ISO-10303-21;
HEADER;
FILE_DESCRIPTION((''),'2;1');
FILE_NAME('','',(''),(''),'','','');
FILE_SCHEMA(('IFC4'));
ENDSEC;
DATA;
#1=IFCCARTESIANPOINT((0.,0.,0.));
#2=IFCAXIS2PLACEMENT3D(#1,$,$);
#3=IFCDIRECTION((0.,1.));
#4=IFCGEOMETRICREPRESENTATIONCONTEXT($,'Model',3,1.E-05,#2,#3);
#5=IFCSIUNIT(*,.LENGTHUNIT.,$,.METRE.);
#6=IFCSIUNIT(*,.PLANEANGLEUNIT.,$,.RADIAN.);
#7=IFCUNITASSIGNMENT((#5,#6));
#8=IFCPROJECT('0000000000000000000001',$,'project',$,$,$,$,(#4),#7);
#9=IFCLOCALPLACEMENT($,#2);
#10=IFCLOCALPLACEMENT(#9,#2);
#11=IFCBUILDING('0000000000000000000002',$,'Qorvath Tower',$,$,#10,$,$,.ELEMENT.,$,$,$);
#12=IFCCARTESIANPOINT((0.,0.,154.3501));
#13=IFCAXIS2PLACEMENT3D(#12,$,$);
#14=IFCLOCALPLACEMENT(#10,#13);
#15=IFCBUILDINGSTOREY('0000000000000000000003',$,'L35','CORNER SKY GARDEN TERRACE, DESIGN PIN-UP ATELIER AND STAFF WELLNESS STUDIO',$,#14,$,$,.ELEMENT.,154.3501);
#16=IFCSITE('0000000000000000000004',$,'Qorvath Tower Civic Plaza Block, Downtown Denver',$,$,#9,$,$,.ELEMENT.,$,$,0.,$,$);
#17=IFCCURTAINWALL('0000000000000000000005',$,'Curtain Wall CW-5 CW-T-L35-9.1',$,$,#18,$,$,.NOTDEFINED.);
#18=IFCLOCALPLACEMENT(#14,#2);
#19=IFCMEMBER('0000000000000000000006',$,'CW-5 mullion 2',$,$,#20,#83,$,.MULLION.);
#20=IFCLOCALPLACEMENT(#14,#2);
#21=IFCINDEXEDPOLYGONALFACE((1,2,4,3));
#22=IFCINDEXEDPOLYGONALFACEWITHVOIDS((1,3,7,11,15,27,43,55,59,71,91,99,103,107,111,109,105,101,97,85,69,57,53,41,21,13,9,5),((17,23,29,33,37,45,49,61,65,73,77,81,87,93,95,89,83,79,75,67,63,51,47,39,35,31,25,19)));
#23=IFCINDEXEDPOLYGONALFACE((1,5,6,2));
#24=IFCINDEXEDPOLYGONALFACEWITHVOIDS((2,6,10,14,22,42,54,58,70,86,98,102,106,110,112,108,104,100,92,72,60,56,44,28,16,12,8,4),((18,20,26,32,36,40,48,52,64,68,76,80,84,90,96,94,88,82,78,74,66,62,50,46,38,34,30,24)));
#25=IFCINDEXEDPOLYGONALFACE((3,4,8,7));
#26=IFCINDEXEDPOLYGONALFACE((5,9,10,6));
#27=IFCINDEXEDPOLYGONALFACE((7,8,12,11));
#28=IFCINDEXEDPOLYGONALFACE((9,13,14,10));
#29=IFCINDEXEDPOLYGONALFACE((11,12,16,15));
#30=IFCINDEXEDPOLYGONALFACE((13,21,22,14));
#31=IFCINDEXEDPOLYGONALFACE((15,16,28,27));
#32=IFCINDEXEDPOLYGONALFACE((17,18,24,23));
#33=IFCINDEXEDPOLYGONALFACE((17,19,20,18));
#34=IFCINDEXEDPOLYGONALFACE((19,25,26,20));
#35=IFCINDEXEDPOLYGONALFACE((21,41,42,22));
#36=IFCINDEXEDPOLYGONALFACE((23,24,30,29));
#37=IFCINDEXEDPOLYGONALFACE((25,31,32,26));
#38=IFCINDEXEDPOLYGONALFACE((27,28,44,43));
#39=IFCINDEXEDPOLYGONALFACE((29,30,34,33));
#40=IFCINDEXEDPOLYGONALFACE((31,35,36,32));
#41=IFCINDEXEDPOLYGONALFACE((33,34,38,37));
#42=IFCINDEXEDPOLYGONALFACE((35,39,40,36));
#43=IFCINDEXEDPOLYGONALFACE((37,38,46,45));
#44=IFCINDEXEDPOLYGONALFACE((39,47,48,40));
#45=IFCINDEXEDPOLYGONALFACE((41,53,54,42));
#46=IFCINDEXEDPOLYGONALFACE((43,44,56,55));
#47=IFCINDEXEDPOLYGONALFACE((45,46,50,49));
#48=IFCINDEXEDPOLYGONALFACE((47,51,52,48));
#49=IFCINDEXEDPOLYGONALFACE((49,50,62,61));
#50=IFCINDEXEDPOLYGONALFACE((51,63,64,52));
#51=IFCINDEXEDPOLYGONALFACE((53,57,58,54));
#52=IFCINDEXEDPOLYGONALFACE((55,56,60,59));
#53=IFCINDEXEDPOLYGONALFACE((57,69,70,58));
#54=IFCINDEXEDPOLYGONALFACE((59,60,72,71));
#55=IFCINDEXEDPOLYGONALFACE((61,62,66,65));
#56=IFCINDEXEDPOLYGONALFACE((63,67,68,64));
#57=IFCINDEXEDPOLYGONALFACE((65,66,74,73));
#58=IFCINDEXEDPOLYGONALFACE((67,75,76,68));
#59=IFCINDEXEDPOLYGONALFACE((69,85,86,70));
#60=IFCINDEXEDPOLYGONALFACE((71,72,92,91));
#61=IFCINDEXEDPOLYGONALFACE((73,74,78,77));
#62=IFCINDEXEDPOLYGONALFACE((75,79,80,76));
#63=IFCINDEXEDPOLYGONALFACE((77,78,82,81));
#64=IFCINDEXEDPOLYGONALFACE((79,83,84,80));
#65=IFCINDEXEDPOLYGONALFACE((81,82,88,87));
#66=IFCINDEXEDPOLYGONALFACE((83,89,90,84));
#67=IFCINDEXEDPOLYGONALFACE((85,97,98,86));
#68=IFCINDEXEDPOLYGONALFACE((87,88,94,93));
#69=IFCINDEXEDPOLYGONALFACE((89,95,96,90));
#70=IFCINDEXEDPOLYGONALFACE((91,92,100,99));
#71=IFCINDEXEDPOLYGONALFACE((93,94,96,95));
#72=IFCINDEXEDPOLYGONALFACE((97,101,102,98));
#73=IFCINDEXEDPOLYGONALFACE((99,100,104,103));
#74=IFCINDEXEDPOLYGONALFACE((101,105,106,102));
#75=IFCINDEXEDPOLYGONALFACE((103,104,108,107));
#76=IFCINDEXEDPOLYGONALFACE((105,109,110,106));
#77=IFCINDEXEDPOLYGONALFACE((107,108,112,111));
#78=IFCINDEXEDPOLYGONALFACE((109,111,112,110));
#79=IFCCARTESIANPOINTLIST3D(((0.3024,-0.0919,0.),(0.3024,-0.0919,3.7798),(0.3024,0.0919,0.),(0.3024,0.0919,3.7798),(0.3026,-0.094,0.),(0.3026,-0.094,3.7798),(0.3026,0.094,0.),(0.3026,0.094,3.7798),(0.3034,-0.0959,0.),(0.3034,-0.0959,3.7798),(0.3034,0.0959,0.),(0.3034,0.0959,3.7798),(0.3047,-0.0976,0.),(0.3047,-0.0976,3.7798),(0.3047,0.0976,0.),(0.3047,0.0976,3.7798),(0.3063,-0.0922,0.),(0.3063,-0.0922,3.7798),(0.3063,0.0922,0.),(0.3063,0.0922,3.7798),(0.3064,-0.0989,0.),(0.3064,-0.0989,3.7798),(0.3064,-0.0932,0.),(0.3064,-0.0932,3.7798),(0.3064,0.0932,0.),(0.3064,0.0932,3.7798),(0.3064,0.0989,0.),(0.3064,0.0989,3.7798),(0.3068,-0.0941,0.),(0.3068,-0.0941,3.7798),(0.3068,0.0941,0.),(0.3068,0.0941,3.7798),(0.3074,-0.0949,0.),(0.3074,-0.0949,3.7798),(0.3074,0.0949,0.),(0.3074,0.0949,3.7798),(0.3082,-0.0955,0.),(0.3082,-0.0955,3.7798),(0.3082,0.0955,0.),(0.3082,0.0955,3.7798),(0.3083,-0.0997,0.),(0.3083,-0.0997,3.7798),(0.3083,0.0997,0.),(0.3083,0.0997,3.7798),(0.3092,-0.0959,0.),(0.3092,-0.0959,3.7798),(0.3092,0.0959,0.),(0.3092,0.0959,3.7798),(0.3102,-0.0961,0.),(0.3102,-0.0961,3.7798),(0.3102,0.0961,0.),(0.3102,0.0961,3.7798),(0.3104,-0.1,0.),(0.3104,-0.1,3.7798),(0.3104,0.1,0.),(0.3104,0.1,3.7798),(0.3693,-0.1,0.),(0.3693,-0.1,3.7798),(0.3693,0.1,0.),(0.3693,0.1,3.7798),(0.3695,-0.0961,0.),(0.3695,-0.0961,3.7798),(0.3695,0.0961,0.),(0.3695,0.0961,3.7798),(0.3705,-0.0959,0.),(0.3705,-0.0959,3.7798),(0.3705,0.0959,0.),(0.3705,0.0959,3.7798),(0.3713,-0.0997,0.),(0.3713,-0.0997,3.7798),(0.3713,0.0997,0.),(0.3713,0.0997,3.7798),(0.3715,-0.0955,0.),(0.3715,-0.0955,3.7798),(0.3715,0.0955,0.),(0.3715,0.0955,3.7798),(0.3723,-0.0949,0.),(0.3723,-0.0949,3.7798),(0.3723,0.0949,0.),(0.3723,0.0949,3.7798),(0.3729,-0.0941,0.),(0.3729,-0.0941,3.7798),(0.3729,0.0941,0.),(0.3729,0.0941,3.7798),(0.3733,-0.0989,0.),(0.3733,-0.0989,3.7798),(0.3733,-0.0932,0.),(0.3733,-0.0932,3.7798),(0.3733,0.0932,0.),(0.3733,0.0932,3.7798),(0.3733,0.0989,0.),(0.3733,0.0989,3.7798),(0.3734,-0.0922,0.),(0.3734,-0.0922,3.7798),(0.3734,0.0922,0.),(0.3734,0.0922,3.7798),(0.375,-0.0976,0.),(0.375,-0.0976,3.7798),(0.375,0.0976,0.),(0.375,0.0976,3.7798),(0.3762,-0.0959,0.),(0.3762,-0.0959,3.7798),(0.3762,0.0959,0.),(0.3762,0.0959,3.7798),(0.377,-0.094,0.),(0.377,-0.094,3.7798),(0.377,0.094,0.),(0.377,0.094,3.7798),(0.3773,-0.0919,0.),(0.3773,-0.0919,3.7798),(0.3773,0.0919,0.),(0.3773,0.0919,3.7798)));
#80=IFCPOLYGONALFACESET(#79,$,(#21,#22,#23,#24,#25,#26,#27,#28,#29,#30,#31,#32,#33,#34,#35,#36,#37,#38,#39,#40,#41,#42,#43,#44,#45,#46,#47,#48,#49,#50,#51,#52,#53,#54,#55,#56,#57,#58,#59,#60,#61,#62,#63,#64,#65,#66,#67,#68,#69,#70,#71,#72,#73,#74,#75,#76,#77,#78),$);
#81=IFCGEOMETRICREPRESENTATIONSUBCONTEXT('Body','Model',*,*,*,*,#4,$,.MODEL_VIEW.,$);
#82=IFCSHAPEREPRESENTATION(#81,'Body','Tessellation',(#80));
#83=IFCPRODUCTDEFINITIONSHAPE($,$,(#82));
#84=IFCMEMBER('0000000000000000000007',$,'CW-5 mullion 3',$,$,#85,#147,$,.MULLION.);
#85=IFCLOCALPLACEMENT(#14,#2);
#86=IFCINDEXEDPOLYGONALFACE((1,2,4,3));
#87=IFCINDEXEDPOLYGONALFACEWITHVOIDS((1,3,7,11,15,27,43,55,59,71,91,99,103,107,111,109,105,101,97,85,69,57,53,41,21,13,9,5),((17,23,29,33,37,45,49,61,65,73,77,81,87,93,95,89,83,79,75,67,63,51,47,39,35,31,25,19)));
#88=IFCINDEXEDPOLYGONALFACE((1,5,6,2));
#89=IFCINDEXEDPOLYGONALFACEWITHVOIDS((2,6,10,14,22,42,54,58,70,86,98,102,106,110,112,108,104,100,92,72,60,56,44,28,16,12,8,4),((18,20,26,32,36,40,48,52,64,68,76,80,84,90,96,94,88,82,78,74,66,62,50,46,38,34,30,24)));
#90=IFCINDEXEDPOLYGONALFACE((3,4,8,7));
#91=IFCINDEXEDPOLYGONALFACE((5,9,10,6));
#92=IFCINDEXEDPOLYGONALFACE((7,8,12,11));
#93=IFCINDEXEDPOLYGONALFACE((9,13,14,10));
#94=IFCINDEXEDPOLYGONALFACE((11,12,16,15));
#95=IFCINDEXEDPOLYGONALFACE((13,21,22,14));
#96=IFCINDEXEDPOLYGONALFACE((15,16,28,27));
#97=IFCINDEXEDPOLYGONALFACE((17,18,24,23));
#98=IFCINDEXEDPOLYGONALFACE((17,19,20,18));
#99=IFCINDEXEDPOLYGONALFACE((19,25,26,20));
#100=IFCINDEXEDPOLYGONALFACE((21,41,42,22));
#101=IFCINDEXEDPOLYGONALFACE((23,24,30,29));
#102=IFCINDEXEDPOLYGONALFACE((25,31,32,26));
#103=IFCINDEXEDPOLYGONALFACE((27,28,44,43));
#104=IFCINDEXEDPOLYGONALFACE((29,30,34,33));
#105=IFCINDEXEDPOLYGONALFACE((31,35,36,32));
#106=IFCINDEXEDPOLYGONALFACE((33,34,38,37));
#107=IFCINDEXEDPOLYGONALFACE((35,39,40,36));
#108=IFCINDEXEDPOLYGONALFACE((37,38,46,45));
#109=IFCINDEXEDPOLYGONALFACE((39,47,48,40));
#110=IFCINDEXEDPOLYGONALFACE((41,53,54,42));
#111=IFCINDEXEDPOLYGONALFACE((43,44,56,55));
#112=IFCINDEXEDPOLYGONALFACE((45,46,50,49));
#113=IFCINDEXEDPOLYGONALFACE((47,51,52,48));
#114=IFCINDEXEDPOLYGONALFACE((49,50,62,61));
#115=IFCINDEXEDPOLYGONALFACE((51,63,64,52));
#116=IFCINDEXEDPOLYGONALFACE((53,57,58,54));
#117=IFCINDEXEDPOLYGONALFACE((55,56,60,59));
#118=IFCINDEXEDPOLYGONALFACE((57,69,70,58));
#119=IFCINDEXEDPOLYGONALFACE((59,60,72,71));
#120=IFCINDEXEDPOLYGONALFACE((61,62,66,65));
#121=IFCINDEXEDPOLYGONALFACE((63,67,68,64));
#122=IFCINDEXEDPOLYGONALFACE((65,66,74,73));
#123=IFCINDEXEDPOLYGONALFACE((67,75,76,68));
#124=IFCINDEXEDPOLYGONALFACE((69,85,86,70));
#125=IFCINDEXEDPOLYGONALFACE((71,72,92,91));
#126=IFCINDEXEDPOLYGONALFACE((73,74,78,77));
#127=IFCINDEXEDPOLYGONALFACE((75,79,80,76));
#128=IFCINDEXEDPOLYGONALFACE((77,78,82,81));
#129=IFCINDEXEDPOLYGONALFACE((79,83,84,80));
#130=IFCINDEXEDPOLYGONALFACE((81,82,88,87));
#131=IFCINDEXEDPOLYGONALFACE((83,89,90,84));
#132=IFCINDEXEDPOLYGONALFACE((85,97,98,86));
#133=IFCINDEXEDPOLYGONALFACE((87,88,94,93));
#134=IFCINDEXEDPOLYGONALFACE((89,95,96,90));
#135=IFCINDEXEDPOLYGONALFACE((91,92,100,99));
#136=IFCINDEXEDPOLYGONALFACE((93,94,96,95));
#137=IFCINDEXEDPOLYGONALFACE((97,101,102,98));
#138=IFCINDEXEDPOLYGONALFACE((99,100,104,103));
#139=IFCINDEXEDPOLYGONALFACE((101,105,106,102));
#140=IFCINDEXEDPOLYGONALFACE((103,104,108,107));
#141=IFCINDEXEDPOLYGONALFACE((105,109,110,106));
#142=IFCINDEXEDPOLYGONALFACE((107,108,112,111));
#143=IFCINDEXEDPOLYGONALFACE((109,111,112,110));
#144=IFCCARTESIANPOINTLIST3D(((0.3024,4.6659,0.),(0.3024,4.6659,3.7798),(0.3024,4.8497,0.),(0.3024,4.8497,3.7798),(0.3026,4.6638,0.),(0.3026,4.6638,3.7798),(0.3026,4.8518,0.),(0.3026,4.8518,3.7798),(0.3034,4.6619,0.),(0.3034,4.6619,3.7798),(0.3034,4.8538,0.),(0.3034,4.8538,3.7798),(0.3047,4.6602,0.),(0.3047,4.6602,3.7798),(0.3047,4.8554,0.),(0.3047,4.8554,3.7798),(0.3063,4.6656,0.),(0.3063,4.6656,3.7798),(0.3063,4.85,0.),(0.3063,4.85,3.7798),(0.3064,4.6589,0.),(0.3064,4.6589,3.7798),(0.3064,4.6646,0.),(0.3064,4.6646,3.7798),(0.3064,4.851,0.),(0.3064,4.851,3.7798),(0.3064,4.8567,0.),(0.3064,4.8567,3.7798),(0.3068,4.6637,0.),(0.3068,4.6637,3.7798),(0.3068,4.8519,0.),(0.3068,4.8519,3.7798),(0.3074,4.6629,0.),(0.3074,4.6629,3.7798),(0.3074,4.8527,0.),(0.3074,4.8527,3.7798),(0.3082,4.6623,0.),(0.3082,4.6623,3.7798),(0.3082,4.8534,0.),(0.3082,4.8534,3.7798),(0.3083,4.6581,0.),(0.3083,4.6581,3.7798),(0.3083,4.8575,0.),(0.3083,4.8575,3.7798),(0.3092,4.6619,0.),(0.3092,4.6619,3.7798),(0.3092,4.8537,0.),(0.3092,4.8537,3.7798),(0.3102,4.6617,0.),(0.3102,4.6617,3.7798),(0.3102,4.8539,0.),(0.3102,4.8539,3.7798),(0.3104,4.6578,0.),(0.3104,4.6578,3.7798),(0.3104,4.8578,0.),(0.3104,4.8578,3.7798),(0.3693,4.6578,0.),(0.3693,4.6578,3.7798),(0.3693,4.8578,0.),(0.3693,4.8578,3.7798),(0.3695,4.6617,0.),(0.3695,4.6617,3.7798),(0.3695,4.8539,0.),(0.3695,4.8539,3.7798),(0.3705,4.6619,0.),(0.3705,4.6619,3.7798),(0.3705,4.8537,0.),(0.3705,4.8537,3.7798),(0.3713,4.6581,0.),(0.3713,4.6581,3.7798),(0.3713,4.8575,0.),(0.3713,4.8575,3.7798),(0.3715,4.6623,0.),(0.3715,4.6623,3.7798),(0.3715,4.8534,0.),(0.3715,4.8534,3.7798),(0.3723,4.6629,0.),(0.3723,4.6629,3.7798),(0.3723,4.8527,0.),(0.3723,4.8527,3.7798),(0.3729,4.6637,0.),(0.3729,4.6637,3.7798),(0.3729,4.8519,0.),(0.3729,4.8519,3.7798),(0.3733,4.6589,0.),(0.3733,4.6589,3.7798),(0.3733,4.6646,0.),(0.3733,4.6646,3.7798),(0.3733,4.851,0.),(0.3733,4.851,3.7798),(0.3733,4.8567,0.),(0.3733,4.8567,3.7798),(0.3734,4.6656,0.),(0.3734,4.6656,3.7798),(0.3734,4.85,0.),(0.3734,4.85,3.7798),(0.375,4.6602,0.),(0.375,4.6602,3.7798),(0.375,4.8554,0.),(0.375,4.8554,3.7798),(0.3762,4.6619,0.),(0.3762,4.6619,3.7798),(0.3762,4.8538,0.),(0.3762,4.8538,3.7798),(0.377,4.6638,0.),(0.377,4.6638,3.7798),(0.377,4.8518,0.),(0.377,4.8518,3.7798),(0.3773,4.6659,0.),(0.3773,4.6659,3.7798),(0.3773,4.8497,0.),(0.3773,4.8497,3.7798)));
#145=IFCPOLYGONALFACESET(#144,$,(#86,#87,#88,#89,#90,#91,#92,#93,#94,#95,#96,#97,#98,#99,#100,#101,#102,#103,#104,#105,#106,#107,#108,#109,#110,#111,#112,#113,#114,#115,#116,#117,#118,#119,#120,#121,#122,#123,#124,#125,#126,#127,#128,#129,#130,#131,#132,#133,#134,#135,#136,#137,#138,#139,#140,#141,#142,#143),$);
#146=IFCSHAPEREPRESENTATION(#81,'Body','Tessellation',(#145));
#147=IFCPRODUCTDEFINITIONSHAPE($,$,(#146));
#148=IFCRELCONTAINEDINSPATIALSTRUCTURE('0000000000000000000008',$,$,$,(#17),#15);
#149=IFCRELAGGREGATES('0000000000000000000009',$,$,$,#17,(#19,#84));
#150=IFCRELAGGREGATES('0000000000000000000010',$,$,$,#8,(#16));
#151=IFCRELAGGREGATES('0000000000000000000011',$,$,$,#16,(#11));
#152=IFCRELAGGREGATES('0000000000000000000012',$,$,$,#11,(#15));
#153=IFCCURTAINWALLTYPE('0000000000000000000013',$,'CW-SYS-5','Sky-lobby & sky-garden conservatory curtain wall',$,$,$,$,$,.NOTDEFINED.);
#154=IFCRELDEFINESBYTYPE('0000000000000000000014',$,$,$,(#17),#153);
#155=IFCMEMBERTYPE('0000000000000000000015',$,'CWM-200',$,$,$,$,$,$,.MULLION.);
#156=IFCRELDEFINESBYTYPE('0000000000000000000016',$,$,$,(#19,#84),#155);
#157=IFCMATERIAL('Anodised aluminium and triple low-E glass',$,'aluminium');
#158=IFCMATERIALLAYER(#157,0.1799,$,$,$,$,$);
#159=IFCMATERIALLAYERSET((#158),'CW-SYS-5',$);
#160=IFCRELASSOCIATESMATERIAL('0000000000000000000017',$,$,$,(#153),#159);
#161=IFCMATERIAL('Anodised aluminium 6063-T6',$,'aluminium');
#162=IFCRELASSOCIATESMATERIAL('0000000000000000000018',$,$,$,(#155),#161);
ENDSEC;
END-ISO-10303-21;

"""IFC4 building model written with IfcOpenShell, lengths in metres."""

from ifc_helpers import new_model, si_unit, direction, frame, origin, origin_2d, place, context, subcontext, project, spatial, hollow_rectangle, extrude, material, layer, layer_set, material_profile, profile_set, type_object, element, aggregate, save


model = new_model("IFC4")

# Units and contexts
model_context = context("Model", 3, precision=1e-05, world=origin(), true_north=direction((0.0, 1.0)))
body_context = subcontext(model_context, "Body", "Model", "MODEL_VIEW")
ifc_project = project(units=[si_unit("LENGTHUNIT", "METRE"), si_unit("PLANEANGLEUNIT", "RADIAN")], contexts=[model_context])

# Site, building, storey
site_placement = place(None, origin())
site = spatial("IfcSite", under=ifc_project, at=site_placement, Name="Qorvath Tower Civic Plaza Block, Downtown Denver", CompositionType="ELEMENT", RefElevation=0.0)
building_placement = place(site_placement, origin())
building = spatial("IfcBuilding", under=site, at=building_placement, Name="Qorvath Tower", CompositionType="ELEMENT")
storey_placement = place(building_placement, frame((0.0, 0.0, 154.3501)))
storey = spatial("IfcBuildingStorey", under=building, at=storey_placement, Name="L35", Description="CORNER SKY GARDEN TERRACE, DESIGN PIN-UP ATELIER AND STAFF WELLNESS STUDIO", CompositionType="ELEMENT", Elevation=154.3501)

# Curtain wall, members
ifc_material_1 = material(Name="Anodised aluminium and triple low-E glass", Category="aluminium")
ifc_layer_1 = layer(ifc_material_1, 0.1799)
ifc_layer_set_1 = layer_set([ifc_layer_1], Name="CW-SYS-5")
curtain_wall_type = type_object("IfcCurtainWallType", Name="CW-SYS-5", Description="Sky-lobby & sky-garden conservatory curtain wall", PredefinedType="NOTDEFINED", material=ifc_layer_set_1)
curtain_wall_1_placement = place(storey_placement, origin())
curtain_wall_1 = element("IfcCurtainWall", 1, at=curtain_wall_1_placement, inside=storey, type_object=curtain_wall_type, Name="Curtain Wall CW-5 CW-T-L35-9.1", PredefinedType="NOTDEFINED")
ifc_material_2 = material(Name="Anodised aluminium 6063-T6", Category="aluminium")
ifc_material_profile_1 = material_profile(ifc_material_2, hollow_rectangle(XDim=0.075, YDim=0.2, WallThickness=0.0039, InnerFilletRadius=0.0039, OuterFilletRadius=0.0081, at=origin_2d()), Name="CWM 200x75")
ifc_profile_set_1 = profile_set([ifc_material_profile_1], Name="Anodised aluminium 6063-T6")
member_type_1 = type_object("IfcMemberType", Name="CWM-200", PredefinedType="MULLION", material=ifc_profile_set_1)
member_1_placement = place(storey_placement, frame((0.3398, 0.0, 0.0), z_axis=(0.0, 0.0, 1.0), x_axis=(-1.0, 0.0, 0.0)))
member_1 = element("IfcMember", 2, at=member_1_placement, type_object=member_type_1, Name="CW-5 mullion 2", PredefinedType="MULLION", context=body_context, shape_type="SweptSolid", body=[
    extrude(hollow_rectangle(XDim=0.075, YDim=0.2, WallThickness=0.0039, InnerFilletRadius=0.0039, OuterFilletRadius=0.0081, at=origin_2d()), origin(), (0.0, 0.0, 1.0), 3.7798),
])
member_2_placement = place(storey_placement, frame((0.3398, 4.7578, 0.0), z_axis=(0.0, 0.0, 1.0), x_axis=(-1.0, 0.0, 0.0)))
member_2 = element("IfcMember", 3, at=member_2_placement, type_object=member_type_1, Name="CW-5 mullion 3", PredefinedType="MULLION", context=body_context, shape_type="SweptSolid", body=[
    extrude(hollow_rectangle(XDim=0.075, YDim=0.2, WallThickness=0.0039, InnerFilletRadius=0.0039, OuterFilletRadius=0.0081, at=origin_2d()), origin(), (0.0, 0.0, 1.0), 3.7798),
])

aggregate(curtain_wall_1, [member_1, member_2])

save(model, "model.ifc")
